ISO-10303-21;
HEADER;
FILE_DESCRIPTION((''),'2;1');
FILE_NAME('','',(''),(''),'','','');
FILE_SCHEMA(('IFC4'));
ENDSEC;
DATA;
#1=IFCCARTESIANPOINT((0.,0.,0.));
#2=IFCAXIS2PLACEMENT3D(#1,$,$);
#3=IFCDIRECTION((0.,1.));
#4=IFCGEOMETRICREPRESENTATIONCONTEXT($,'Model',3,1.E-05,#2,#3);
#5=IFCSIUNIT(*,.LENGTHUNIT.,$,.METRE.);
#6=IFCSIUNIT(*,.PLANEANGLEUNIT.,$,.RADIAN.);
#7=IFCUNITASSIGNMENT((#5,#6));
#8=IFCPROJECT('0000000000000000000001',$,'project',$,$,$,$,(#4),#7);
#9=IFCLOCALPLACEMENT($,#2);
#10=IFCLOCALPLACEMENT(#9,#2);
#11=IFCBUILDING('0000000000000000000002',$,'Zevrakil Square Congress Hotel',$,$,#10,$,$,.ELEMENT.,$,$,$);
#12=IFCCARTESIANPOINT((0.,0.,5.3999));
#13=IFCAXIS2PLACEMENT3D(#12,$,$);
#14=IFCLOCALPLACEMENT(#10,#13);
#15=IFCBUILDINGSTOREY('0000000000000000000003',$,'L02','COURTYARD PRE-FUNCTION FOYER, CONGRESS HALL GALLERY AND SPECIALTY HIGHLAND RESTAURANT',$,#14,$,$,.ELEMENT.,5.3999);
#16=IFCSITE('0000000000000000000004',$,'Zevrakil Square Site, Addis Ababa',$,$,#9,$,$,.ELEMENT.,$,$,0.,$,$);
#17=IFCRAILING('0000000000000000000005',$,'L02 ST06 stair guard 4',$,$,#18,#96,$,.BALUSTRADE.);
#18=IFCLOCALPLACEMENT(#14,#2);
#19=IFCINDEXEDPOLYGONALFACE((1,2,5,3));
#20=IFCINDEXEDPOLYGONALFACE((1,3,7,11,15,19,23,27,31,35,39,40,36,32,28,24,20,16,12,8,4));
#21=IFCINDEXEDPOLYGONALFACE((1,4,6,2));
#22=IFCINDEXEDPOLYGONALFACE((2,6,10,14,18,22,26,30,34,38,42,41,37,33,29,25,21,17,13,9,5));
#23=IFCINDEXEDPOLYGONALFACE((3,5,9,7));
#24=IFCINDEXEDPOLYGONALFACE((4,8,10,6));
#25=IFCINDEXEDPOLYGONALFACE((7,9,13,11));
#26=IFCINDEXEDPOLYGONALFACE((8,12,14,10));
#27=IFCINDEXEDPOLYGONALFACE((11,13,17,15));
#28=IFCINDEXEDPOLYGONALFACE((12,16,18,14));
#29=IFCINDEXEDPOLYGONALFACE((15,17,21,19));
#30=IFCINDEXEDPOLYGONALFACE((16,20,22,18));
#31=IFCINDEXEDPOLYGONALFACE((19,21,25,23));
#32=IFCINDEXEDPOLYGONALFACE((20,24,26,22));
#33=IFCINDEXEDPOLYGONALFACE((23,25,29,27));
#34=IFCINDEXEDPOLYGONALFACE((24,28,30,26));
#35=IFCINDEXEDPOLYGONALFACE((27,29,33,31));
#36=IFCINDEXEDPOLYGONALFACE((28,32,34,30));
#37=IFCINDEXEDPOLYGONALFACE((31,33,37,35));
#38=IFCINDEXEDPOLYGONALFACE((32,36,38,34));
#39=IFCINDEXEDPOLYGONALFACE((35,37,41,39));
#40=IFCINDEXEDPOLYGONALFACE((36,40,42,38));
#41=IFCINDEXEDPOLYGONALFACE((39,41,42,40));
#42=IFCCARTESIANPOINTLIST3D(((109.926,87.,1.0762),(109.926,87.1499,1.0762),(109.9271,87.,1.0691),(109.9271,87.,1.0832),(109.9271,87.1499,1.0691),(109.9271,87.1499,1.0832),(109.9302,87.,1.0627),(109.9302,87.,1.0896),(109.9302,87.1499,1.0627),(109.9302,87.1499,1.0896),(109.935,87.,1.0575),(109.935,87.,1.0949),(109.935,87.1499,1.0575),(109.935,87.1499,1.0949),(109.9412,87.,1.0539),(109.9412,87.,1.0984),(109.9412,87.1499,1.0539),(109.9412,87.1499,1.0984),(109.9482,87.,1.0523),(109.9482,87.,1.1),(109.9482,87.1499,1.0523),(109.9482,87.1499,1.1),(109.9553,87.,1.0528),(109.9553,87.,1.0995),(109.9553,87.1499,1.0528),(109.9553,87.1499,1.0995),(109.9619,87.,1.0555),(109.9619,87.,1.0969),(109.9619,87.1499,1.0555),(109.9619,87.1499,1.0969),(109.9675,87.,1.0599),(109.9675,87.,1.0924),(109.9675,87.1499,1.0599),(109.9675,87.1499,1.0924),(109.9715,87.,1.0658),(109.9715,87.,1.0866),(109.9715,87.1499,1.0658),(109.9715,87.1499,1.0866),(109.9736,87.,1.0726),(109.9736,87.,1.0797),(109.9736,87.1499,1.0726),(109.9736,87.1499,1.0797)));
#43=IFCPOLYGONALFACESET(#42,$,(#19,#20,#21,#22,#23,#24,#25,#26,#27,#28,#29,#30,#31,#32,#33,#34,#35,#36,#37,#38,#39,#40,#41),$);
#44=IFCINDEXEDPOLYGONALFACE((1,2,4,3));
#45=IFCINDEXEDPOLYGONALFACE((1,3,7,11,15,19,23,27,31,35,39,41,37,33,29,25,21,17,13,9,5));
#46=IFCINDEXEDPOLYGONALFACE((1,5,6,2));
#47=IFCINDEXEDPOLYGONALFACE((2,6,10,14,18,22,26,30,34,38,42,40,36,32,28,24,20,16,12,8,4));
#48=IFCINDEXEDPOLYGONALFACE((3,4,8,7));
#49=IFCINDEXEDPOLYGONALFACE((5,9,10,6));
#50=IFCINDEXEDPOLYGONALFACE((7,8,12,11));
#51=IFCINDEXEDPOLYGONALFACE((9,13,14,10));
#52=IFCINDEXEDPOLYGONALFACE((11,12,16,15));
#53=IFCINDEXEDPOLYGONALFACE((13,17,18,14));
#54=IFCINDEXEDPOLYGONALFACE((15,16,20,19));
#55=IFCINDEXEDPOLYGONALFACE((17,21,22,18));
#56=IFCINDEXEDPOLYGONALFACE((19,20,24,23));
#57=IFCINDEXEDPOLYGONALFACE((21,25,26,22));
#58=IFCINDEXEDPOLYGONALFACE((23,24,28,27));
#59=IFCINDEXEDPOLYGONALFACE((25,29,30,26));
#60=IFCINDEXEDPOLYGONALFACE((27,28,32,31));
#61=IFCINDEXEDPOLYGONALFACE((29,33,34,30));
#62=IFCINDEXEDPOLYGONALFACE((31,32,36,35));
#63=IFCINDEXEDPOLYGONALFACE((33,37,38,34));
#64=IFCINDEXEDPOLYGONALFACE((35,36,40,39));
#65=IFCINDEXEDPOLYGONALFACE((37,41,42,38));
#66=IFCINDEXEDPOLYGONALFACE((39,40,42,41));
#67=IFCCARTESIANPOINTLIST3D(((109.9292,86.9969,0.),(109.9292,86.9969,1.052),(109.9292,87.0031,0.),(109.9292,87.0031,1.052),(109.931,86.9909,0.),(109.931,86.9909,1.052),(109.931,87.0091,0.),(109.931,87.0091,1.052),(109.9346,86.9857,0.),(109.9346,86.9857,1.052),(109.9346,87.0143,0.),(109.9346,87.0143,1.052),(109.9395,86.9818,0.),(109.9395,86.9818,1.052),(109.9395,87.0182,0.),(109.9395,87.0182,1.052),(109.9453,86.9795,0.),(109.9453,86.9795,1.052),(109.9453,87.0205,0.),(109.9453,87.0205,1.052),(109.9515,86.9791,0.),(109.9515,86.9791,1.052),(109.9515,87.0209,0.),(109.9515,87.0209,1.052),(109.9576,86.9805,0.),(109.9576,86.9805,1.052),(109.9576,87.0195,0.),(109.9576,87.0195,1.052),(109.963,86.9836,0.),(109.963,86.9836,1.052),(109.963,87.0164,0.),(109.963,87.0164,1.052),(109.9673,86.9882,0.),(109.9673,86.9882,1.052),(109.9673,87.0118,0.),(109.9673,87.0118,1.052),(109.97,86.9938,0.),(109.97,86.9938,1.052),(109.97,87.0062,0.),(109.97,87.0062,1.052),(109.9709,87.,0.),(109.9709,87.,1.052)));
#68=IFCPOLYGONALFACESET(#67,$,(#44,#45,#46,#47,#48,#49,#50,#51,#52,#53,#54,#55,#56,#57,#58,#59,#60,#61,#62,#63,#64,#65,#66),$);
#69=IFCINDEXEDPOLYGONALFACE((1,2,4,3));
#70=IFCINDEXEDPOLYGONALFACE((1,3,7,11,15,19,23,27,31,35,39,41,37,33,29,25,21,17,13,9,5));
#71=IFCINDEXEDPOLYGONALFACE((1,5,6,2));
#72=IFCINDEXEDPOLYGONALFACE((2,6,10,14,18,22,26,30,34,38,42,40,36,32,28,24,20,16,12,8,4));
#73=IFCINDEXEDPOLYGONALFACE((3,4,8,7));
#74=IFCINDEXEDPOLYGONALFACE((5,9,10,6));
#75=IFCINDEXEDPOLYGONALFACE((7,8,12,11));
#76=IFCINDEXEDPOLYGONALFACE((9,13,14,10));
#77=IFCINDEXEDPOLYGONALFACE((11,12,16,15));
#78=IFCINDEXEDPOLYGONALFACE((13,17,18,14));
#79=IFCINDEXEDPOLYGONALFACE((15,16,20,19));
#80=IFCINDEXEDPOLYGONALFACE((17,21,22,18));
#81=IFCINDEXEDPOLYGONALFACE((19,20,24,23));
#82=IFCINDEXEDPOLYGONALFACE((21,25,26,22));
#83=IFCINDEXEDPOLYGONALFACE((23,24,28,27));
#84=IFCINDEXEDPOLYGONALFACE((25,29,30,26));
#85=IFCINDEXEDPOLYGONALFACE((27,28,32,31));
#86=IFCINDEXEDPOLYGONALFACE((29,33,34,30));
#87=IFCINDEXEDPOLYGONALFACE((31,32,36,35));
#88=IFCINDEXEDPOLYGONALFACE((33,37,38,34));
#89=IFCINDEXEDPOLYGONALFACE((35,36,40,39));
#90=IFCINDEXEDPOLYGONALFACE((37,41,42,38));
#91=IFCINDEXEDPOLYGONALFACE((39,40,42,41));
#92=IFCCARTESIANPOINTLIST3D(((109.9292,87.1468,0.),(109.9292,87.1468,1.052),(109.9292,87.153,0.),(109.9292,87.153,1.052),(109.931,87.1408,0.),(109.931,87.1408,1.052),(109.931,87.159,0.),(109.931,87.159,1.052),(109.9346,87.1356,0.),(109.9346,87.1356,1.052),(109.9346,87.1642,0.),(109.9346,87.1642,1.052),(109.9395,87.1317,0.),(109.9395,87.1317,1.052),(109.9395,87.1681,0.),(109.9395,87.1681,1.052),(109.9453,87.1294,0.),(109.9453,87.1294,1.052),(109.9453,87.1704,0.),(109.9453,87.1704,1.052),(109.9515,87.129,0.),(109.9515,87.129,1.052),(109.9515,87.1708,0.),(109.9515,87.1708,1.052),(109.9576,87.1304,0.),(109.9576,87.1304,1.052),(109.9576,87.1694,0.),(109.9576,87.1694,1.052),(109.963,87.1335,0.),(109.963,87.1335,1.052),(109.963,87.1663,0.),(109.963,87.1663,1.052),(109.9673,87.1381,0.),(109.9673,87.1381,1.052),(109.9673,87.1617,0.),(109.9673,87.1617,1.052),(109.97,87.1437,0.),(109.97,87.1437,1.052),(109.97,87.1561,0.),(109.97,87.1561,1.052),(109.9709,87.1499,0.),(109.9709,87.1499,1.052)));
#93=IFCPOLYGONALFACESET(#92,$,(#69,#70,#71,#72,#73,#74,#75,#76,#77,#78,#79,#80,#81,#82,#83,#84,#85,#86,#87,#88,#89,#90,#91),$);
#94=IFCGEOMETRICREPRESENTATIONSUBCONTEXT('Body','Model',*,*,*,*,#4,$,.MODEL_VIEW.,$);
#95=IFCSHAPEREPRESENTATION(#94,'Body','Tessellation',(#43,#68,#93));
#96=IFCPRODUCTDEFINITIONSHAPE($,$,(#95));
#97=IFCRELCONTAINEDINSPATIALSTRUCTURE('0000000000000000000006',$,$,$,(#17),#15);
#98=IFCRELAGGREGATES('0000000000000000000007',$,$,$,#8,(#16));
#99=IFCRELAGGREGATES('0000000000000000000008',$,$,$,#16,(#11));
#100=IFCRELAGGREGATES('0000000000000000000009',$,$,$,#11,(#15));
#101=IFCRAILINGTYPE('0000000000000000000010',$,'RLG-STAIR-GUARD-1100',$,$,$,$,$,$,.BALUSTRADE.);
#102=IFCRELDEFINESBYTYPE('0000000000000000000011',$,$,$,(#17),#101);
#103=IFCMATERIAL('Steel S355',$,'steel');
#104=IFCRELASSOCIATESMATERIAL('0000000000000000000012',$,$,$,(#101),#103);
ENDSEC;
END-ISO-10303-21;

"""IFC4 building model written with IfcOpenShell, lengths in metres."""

from ifc_helpers import new_model, si_unit, direction, frame, origin, origin_2d, place, context, subcontext, project, spatial, circle, extrude, material, type_object, element, save


model = new_model("IFC4")

# Units and contexts
model_context = context("Model", 3, precision=1e-05, world=origin(), true_north=direction((0.0, 1.0)))
body_context = subcontext(model_context, "Body", "Model", "MODEL_VIEW")
ifc_project = project(units=[si_unit("LENGTHUNIT", "METRE"), si_unit("PLANEANGLEUNIT", "RADIAN")], contexts=[model_context])

# Site, building, storey
site_placement = place(None, origin())
site = spatial("IfcSite", under=ifc_project, at=site_placement, Name="Zevrakil Square Site, Addis Ababa", CompositionType="ELEMENT", RefElevation=0.0)
building_placement = place(site_placement, origin())
building = spatial("IfcBuilding", under=site, at=building_placement, Name="Zevrakil Square Congress Hotel", CompositionType="ELEMENT")
storey_placement = place(building_placement, frame((0.0, 0.0, 5.3999)))
storey = spatial("IfcBuildingStorey", under=building, at=storey_placement, Name="L02", Description="COURTYARD PRE-FUNCTION FOYER, CONGRESS HALL GALLERY AND SPECIALTY HIGHLAND RESTAURANT", CompositionType="ELEMENT", Elevation=5.3999)

# Railing
ifc_material_1 = material(Name="Steel S355", Category="steel")
railing_type_1 = type_object("IfcRailingType", Name="RLG-STAIR-GUARD-1100", PredefinedType="BALUSTRADE", material=ifc_material_1)
railing_1_placement = place(storey_placement, frame((109.95, 87.0, 0.0)))
element("IfcRailing", 1, at=railing_1_placement, inside=storey, type_object=railing_type_1, Name="L02 ST06 stair guard 4", PredefinedType="BALUSTRADE", context=body_context, shape_type="SweptSolid", body=[
    extrude(circle(Radius=0.0239, at=origin_2d()), frame((0.0, 0.0, 1.0762), z_axis=(0.0, 1.0, 0.0), x_axis=(-1.0, 0.0, 0.0)), (0.0, 0.0, 1.0), 0.1499),
    extrude(circle(Radius=0.021, at=origin_2d()), origin(), (0.0, 0.0, 1.0), 1.052),
    extrude(circle(Radius=0.021, at=origin_2d()), frame((0.0, 0.1499, 0.0)), (0.0, 0.0, 1.0), 1.052),
])

save(model, "model.ifc")
